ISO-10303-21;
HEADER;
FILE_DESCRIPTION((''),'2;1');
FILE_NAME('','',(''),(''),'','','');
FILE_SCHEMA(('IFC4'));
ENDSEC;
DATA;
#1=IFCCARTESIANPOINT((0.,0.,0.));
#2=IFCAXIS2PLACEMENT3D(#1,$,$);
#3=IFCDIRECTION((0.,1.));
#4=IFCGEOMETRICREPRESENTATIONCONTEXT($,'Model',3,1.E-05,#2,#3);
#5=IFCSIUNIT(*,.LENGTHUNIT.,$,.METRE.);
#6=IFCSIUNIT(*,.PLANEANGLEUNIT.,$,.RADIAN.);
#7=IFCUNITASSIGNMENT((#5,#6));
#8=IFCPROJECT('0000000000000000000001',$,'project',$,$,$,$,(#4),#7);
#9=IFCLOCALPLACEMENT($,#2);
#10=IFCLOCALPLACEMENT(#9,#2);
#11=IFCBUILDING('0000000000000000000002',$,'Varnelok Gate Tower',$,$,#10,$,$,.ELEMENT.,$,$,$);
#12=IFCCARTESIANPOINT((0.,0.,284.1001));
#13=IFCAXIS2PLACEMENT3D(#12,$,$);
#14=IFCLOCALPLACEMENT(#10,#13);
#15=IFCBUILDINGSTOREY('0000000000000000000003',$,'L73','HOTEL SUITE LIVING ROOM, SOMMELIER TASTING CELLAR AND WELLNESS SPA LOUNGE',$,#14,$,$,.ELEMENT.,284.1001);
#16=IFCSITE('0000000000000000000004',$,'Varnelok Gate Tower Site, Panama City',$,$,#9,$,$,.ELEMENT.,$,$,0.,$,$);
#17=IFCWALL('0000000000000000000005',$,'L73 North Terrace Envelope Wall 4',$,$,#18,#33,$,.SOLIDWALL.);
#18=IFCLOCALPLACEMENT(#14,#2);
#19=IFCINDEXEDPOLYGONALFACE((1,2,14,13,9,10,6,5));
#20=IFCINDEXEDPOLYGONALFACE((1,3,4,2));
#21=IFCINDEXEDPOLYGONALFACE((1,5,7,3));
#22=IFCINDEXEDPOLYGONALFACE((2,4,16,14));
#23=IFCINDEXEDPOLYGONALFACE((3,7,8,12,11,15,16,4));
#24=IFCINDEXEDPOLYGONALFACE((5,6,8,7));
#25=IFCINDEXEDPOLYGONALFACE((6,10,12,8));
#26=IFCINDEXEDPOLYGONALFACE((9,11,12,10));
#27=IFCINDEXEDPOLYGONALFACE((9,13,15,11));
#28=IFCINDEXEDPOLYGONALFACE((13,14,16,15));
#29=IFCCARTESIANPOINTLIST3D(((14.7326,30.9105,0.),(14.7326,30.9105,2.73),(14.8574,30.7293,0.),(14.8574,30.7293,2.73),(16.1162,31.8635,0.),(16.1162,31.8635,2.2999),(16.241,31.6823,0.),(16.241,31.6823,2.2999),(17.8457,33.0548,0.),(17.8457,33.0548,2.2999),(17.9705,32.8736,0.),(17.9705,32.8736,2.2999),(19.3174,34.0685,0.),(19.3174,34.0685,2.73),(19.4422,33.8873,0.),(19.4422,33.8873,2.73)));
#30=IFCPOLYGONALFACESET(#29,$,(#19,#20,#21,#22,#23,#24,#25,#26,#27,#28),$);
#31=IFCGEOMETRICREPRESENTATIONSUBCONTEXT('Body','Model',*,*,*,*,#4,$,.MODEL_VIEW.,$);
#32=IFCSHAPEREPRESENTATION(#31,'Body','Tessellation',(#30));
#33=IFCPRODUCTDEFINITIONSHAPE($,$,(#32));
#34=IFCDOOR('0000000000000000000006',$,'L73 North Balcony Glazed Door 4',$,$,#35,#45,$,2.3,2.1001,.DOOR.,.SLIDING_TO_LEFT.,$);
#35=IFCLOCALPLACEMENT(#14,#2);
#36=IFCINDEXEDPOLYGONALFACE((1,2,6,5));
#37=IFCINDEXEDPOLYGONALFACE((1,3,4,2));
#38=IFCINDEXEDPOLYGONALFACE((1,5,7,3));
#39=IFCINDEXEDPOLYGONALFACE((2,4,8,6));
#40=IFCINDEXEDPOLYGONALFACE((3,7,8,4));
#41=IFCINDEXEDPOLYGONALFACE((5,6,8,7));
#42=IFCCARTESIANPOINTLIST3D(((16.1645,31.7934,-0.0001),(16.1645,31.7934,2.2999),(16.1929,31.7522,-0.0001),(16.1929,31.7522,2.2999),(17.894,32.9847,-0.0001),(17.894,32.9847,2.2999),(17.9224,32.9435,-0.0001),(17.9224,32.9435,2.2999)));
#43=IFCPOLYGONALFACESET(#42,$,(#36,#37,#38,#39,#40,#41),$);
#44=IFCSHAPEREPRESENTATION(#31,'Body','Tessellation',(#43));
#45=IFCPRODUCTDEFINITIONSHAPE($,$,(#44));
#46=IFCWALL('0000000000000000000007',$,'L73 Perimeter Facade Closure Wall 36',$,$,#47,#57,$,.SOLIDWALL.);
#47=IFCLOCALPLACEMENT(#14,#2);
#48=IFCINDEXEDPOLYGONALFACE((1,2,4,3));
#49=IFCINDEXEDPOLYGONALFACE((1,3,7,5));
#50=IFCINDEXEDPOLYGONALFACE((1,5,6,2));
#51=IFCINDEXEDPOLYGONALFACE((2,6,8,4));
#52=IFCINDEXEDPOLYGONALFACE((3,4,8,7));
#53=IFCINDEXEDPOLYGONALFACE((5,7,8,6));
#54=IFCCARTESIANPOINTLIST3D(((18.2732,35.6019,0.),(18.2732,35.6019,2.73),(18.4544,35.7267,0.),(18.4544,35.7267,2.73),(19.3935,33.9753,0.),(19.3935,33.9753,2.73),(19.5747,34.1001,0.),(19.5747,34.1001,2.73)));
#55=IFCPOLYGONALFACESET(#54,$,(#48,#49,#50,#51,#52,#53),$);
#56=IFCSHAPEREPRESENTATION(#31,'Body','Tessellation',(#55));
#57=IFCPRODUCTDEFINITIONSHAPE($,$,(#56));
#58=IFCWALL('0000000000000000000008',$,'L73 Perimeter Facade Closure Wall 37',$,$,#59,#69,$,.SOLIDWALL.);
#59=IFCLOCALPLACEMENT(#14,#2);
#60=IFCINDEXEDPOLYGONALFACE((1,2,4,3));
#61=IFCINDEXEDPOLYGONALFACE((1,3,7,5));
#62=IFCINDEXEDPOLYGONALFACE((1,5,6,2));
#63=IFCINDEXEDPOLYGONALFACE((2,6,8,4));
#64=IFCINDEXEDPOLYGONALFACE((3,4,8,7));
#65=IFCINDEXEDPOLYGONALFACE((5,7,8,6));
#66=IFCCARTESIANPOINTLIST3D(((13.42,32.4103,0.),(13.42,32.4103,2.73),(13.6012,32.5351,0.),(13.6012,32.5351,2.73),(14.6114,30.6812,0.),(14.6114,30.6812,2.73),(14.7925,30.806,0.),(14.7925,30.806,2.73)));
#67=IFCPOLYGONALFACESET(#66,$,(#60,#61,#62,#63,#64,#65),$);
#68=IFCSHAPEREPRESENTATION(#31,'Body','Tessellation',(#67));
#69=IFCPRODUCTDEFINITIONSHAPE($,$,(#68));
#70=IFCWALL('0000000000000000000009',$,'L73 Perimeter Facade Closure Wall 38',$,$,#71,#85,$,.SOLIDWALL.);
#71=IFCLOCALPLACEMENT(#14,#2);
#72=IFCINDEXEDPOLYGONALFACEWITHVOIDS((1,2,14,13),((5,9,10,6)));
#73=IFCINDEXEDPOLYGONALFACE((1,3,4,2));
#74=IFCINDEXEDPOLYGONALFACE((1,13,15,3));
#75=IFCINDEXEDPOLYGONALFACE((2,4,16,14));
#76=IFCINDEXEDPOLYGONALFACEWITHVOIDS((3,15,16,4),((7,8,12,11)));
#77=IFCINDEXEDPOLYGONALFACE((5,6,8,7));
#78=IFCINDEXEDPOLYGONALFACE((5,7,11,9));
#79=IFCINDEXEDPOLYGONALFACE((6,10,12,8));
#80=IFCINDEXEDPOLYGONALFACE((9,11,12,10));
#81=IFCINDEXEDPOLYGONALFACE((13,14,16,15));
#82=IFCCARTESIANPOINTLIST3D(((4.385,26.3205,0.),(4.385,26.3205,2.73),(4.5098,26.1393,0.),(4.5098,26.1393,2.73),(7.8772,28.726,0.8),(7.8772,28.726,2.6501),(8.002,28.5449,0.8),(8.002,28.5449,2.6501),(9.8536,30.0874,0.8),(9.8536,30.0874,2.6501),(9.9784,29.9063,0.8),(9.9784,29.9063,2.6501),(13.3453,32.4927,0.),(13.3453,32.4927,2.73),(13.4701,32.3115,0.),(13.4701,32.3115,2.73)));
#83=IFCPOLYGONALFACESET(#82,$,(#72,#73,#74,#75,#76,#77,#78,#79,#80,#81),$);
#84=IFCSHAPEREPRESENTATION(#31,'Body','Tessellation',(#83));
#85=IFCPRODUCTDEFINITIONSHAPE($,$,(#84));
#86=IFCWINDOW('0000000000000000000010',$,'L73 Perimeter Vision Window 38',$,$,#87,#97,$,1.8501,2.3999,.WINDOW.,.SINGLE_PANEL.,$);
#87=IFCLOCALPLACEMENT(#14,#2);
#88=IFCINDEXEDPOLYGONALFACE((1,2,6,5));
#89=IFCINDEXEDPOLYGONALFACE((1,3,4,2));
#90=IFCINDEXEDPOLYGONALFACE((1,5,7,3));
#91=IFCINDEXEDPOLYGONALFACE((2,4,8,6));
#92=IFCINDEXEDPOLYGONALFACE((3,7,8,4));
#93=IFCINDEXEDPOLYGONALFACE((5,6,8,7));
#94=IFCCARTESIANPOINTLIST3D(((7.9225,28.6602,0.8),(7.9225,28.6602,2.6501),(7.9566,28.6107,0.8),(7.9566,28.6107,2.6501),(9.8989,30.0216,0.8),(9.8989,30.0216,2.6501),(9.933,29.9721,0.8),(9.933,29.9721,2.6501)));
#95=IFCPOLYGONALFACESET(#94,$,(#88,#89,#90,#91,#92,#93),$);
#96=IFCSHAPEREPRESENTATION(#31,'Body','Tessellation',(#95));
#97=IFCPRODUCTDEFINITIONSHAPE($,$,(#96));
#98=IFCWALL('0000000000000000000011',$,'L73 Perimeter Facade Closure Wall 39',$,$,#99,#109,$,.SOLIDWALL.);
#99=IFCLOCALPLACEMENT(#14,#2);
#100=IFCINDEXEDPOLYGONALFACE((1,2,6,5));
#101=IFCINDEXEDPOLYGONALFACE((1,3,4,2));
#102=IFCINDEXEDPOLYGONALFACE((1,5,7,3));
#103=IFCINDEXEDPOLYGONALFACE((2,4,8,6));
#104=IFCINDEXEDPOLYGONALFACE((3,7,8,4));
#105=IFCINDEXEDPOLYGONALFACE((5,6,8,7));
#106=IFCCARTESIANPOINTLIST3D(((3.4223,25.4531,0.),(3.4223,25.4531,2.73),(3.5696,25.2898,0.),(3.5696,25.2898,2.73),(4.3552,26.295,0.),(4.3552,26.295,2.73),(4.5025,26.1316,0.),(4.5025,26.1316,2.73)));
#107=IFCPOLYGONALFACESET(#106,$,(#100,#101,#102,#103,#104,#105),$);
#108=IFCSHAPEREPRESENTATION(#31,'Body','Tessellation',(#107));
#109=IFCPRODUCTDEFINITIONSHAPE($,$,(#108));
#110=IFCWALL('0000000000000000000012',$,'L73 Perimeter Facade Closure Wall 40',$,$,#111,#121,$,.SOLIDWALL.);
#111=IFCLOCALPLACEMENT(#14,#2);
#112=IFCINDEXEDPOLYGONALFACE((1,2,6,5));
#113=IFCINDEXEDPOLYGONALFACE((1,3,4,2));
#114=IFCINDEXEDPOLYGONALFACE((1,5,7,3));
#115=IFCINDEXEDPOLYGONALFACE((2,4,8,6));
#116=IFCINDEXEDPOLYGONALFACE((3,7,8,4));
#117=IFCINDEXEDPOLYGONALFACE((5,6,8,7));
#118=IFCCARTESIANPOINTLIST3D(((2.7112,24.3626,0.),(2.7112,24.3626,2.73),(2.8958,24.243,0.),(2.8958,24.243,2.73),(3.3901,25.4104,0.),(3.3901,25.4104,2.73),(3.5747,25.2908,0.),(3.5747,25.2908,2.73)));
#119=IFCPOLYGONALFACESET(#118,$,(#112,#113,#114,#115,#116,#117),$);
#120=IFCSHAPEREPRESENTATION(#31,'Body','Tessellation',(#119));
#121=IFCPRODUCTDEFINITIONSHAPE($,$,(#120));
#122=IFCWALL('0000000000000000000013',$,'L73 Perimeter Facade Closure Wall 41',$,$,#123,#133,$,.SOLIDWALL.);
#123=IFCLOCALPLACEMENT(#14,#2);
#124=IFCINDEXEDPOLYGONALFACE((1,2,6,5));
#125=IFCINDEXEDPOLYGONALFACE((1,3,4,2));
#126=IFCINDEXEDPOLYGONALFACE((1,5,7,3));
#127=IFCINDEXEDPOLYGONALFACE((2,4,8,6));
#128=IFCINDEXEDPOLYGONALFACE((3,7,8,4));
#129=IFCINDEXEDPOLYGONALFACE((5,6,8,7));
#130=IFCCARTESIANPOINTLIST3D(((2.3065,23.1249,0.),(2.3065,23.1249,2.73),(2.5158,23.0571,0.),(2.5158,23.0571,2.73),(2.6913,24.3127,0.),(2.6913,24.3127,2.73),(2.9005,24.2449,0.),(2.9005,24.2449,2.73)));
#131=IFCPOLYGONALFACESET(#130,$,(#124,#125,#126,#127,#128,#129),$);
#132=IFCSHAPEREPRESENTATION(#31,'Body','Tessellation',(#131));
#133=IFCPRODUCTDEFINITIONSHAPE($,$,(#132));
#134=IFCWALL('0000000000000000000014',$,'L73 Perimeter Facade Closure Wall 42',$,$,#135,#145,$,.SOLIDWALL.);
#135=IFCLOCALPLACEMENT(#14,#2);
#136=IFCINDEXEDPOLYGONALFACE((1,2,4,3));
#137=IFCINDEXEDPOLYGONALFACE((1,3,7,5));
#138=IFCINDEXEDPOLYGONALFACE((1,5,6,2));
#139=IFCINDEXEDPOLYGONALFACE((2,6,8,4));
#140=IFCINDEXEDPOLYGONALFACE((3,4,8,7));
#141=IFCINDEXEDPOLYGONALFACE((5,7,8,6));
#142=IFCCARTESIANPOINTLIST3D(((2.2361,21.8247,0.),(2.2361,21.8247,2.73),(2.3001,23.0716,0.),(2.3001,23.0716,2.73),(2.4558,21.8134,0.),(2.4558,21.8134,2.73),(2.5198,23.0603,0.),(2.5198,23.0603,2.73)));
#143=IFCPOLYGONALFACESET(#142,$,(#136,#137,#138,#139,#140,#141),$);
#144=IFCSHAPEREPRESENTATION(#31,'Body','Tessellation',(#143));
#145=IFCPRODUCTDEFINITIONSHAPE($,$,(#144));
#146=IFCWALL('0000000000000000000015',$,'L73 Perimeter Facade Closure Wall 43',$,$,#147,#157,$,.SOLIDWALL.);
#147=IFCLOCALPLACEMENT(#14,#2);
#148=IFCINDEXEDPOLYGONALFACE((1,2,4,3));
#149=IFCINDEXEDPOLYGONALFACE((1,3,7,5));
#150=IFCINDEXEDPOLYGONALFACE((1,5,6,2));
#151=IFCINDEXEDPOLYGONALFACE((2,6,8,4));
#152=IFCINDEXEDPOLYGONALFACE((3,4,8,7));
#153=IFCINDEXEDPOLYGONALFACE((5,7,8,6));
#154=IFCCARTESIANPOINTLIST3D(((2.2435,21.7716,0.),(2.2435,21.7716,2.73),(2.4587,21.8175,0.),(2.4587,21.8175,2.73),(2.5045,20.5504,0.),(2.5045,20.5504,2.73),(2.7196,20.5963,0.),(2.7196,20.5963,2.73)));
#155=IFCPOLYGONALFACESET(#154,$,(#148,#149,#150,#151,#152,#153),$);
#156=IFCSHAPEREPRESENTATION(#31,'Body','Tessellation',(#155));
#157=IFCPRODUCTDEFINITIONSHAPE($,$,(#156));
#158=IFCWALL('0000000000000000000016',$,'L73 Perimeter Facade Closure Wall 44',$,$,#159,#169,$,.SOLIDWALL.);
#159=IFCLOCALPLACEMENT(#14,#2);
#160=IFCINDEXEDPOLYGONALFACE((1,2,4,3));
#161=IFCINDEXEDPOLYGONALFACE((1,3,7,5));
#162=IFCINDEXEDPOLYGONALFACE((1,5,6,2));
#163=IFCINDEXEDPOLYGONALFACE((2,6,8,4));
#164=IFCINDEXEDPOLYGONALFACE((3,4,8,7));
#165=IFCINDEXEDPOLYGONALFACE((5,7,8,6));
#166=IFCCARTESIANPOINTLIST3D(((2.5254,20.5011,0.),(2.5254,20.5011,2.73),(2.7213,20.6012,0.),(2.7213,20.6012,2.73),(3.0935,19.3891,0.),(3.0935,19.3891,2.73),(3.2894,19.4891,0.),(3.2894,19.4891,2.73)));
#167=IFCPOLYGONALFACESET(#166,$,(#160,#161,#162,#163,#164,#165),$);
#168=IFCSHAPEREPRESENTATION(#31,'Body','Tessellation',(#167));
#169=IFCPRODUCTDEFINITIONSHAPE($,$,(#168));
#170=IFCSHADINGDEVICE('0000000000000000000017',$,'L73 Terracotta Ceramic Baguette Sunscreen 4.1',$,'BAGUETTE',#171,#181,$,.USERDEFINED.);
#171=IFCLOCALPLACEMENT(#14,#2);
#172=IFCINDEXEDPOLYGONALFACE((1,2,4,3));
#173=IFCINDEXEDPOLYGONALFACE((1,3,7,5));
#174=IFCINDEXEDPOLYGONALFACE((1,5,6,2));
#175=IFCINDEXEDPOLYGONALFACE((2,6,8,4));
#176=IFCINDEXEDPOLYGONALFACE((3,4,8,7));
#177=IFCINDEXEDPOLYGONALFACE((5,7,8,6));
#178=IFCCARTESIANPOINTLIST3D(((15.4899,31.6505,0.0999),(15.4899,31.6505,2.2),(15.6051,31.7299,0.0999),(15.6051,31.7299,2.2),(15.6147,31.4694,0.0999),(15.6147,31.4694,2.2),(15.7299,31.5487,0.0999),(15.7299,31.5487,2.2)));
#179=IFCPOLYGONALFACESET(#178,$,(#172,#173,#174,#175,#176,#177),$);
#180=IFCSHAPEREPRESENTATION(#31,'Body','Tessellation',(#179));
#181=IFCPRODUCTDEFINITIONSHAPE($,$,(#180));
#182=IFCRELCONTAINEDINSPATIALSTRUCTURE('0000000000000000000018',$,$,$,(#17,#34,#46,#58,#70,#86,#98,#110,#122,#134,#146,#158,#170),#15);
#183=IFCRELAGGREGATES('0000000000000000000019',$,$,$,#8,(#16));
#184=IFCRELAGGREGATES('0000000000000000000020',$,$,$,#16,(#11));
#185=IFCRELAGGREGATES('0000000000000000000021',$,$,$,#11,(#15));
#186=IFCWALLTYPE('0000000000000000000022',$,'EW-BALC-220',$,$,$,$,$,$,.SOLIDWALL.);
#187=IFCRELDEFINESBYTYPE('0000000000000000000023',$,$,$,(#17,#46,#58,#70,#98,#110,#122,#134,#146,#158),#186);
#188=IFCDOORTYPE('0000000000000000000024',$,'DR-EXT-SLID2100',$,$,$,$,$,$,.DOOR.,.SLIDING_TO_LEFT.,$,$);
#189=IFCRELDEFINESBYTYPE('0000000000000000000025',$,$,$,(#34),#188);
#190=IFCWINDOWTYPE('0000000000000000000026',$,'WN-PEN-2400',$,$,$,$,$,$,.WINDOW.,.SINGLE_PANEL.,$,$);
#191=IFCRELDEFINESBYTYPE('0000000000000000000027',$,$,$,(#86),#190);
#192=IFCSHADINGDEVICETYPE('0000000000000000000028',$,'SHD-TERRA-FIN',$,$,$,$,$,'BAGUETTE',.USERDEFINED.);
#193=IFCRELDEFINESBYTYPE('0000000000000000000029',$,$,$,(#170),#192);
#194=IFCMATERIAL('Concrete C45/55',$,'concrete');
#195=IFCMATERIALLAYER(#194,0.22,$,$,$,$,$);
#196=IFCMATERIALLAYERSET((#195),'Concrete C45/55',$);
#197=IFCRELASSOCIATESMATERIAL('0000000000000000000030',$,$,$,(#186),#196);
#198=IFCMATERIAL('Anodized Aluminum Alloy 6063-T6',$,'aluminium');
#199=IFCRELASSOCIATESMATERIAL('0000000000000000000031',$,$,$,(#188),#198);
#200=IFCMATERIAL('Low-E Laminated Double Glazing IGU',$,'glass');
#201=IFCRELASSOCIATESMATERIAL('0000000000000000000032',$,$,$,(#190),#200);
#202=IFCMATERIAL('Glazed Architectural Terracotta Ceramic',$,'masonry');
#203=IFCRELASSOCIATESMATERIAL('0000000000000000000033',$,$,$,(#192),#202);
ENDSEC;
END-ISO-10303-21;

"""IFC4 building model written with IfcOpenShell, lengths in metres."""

from ifc_helpers import new_model, si_unit, direction, frame, frame_2d, origin, origin_2d, place, context, subcontext, project, spatial, rectangle, extrude, source, transform, mapped, material, layer, layer_set, type_object, element, fill, save


model = new_model("IFC4")

# Units and contexts
model_context = context("Model", 3, precision=1e-05, world=origin(), true_north=direction((0.0, 1.0)))
body_context = subcontext(model_context, "Body", "Model", "MODEL_VIEW")
ifc_project = project(units=[si_unit("LENGTHUNIT", "METRE"), si_unit("PLANEANGLEUNIT", "RADIAN")], contexts=[model_context])

# Site, building, storey
site_placement = place(None, origin())
site = spatial("IfcSite", under=ifc_project, at=site_placement, Name="Varnelok Gate Tower Site, Panama City", CompositionType="ELEMENT", RefElevation=0.0)
building_placement = place(site_placement, origin())
building = spatial("IfcBuilding", under=site, at=building_placement, Name="Varnelok Gate Tower", CompositionType="ELEMENT")
storey_placement = place(building_placement, frame((0.0, 0.0, 284.1001)))
storey = spatial("IfcBuildingStorey", under=building, at=storey_placement, Name="L73", Description="HOTEL SUITE LIVING ROOM, SOMMELIER TASTING CELLAR AND WELLNESS SPA LOUNGE", CompositionType="ELEMENT", Elevation=284.1001)

# Shared definitions
ifc_material_1 = material(Name="Anodized Aluminum Alloy 6063-T6", Category="aluminium")

# Wall, opening, door
ifc_material_2 = material(Name="Concrete C45/55", Category="concrete")
ifc_layer_1 = layer(ifc_material_2, 0.22)
ifc_layer_set_1 = layer_set([ifc_layer_1], Name="Concrete C45/55")
wall_type = type_object("IfcWallType", Name="EW-BALC-220", PredefinedType="SOLIDWALL", material=ifc_layer_set_1)
wall_1_placement = place(storey_placement, frame((14.7949, 30.8198, 0.0), z_axis=(0.0, 0.0, 1.0), x_axis=(0.823541, 0.567256, 0.0)))
wall_1 = element("IfcWall", 1, at=wall_1_placement, inside=storey, type_object=wall_type, Name="L73 North Terrace Envelope Wall 4", PredefinedType="SOLIDWALL", context=body_context, shape_type="SweptSolid", body=[
    extrude(rectangle(XDim=5.5671, YDim=0.22, at=frame_2d((2.7837, 0.0))), origin(), (0.0, 0.0, 1.0), 2.73),
])
opening_1_placement = place(wall_1_placement, frame((1.6802, 0.0, 0.0)))
opening_1 = element("IfcOpeningElement", 2, at=opening_1_placement, cuts=wall_1, PredefinedType="OPENING", context=body_context, shape_type="SweptSolid", body=[
    extrude(rectangle(XDim=2.1001, YDim=2.3, at=frame_2d((1.05, 1.1499))), frame((0.0, 0.1199, 0.0), z_axis=(0.0, -1.0, 0.0), x_axis=(1.0, 0.0, 0.0)), (0.0, 0.0, 1.0), 0.24),
])
door_type = type_object("IfcDoorType", Name="DR-EXT-SLID2100", OperationType="SLIDING_TO_LEFT", PredefinedType="DOOR", material=ifc_material_1)
door_placement = place(opening_1_placement, origin())
door = element("IfcDoor", 3, at=door_placement, inside=storey, type_object=door_type, Name="L73 North Balcony Glazed Door 4", OperationType="SLIDING_TO_LEFT", OverallHeight=2.3, OverallWidth=2.1001, PredefinedType="DOOR", context=body_context, shape_type="SweptSolid", body=[
    extrude(rectangle(XDim=2.1001, YDim=2.3, at=frame_2d((1.05, 1.1499))), frame((0.0, 0.0249, 0.0), z_axis=(0.0, -1.0, 0.0), x_axis=(1.0, 0.0, 0.0)), (0.0, 0.0, 1.0), 0.05),
])
fill(opening_1, door)

# Walls
wall_2_placement = place(storey_placement, frame((18.3638, 35.6643, 0.0), z_axis=(0.0, 0.0, 1.0), x_axis=(0.567216, -0.823569, 0.0)))
element("IfcWall", 4, at=wall_2_placement, inside=storey, type_object=wall_type, Name="L73 Perimeter Facade Closure Wall 36", PredefinedType="SOLIDWALL", context=body_context, shape_type="SweptSolid", body=[
    extrude(rectangle(XDim=1.9751, YDim=0.22, at=frame_2d((0.9875, 0.0))), origin(), (0.0, 0.0, 1.0), 2.73),
])
wall_3_placement = place(storey_placement, frame((14.7019, 30.7437, 0.0), z_axis=(0.0, 0.0, 1.0), x_axis=(-0.567353, 0.823475, 0.0)))
element("IfcWall", 5, at=wall_3_placement, inside=storey, type_object=wall_type, Name="L73 Perimeter Facade Closure Wall 37", PredefinedType="SOLIDWALL", context=body_context, shape_type="SweptSolid", body=[
    extrude(rectangle(XDim=2.0999, YDim=0.22, at=frame_2d((1.0498, 0.0))), origin(), (0.0, 0.0, 1.0), 2.73),
])

# Wall, opening, window
wall_4_placement = place(storey_placement, frame((13.4077, 32.4021, 0.0), z_axis=(0.0, 0.0, 1.0), x_axis=(-0.823528, -0.567276, 0.0)))
wall_4 = element("IfcWall", 6, at=wall_4_placement, inside=storey, type_object=wall_type, Name="L73 Perimeter Facade Closure Wall 38", PredefinedType="SOLIDWALL", context=body_context, shape_type="SweptSolid", body=[
    extrude(rectangle(XDim=10.8804, YDim=0.22, at=frame_2d((5.4402, 0.0))), origin(), (0.0, 0.0, 1.0), 2.73),
])
opening_2_placement = place(wall_4_placement, frame((4.24, 0.0, 0.8)))
opening_2 = element("IfcOpeningElement", 7, at=opening_2_placement, cuts=wall_4, PredefinedType="OPENING", context=body_context, shape_type="SweptSolid", body=[
    extrude(rectangle(XDim=2.3999, YDim=1.8501, at=frame_2d((1.2, 0.925))), frame((0.0, 0.1199, 0.0), z_axis=(0.0, -1.0, 0.0), x_axis=(1.0, 0.0, 0.0)), (0.0, 0.0, 1.0), 0.24),
])
ifc_material_3 = material(Name="Low-E Laminated Double Glazing IGU", Category="glass")
window_type = type_object("IfcWindowType", Name="WN-PEN-2400", PartitioningType="SINGLE_PANEL", PredefinedType="WINDOW", material=ifc_material_3)
window_placement = place(opening_2_placement, origin())
window = element("IfcWindow", 8, at=window_placement, inside=storey, type_object=window_type, Name="L73 Perimeter Vision Window 38", OverallHeight=1.8501, OverallWidth=2.3999, PartitioningType="SINGLE_PANEL", PredefinedType="WINDOW", context=body_context, shape_type="SweptSolid", body=[
    extrude(rectangle(XDim=2.3999, YDim=1.8501, at=frame_2d((1.2, 0.925))), frame((0.0, 0.03, 0.0), z_axis=(0.0, -1.0, 0.0), x_axis=(1.0, 0.0, 0.0)), (0.0, 0.0, 1.0), 0.0601),
])
fill(opening_2, window)

# Walls
wall_5_placement = place(storey_placement, frame((4.429, 26.2134, 0.0), z_axis=(0.0, 0.0, 1.0), x_axis=(-0.742414, -0.669941, 0.0)))
element("IfcWall", 9, at=wall_5_placement, inside=storey, type_object=wall_type, Name="L73 Perimeter Facade Closure Wall 39", PredefinedType="SOLIDWALL", context=body_context, shape_type="SweptSolid", body=[
    extrude(rectangle(XDim=1.2566, YDim=0.22, at=frame_2d((0.6284, 0.0))), origin(), (0.0, 0.0, 1.0), 2.73),
])
for number, where, z_axis, x_axis, name in (
    (10, (3.4824, 25.3506, 0.0), (0.0, 0.0, 1.0), (-0.543778, -0.839229, 0.0), "L73 Perimeter Facade Closure Wall 40"),
    (11, (2.7959, 24.2788, 0.0), (0.0, 0.0, 1.0), (-0.30818, -0.951328, 0.0), "L73 Perimeter Facade Closure Wall 41"),
    (12, (2.4099, 23.0659, 0.0), (0.0, 0.0, 1.0), (-0.051235, -0.998687, 0.0), "L73 Perimeter Facade Closure Wall 42"),
):
    element("IfcWall", number, at=place(storey_placement, frame(where, z_axis=z_axis, x_axis=x_axis)), inside=storey, type_object=wall_type, Name=name, PredefinedType="SOLIDWALL", context=body_context, shape_type="SweptSolid", body=[
        extrude(rectangle(XDim=1.2485, YDim=0.22, at=frame_2d((0.6243, 0.0))), origin(), (0.0, 0.0, 1.0), 2.73),
    ])
for number, where, z_axis, x_axis, name in (
    (13, (2.3511, 21.7947, 0.0), (0.0, 0.0, 1.0), (0.208995, -0.977917, 0.0), "L73 Perimeter Facade Closure Wall 43"),
    (14, (2.6233, 20.5513, 0.0), (0.0, 0.0, 1.0), (0.454939, -0.890523, 0.0), "L73 Perimeter Facade Closure Wall 44"),
):
    element("IfcWall", number, at=place(storey_placement, frame(where, z_axis=z_axis, x_axis=x_axis)), inside=storey, type_object=wall_type, Name=name, PredefinedType="SOLIDWALL", context=body_context, shape_type="SweptSolid", body=[
        extrude(rectangle(XDim=1.2488, YDim=0.22, at=frame_2d((0.6245, 0.0))), origin(), (0.0, 0.0, 1.0), 2.73),
    ])

# Shading device
ifc_material_4 = material(Name="Glazed Architectural Terracotta Ceramic", Category="masonry")
shading_device_type = type_object("IfcShadingDeviceType", Name="SHD-TERRA-FIN", ElementType="BAGUETTE", PredefinedType="USERDEFINED", material=ifc_material_4)
shared_shape_1 = source(origin(), body_context, "Body", "SweptSolid", [
    extrude(rectangle(XDim=0.1399, YDim=0.22, at=origin_2d()), origin(), (0.0, 0.0, 1.0), 2.1001),
])
shading_device_placement = place(storey_placement, frame((15.6099, 31.5996, 0.0999), z_axis=(0.0, 0.0, 1.0), x_axis=(0.823533, 0.567269, 0.0)))
element("IfcShadingDevice", 15, at=shading_device_placement, inside=storey, type_object=shading_device_type, Name="L73 Terracotta Ceramic Baguette Sunscreen 4.1", ObjectType="BAGUETTE", PredefinedType="USERDEFINED", context=body_context, shape_type="MappedRepresentation", body=[
    mapped(shared_shape_1, transform((0.0, 0.0, 0.0), scale=1.0)),
])

save(model, "model.ifc")
